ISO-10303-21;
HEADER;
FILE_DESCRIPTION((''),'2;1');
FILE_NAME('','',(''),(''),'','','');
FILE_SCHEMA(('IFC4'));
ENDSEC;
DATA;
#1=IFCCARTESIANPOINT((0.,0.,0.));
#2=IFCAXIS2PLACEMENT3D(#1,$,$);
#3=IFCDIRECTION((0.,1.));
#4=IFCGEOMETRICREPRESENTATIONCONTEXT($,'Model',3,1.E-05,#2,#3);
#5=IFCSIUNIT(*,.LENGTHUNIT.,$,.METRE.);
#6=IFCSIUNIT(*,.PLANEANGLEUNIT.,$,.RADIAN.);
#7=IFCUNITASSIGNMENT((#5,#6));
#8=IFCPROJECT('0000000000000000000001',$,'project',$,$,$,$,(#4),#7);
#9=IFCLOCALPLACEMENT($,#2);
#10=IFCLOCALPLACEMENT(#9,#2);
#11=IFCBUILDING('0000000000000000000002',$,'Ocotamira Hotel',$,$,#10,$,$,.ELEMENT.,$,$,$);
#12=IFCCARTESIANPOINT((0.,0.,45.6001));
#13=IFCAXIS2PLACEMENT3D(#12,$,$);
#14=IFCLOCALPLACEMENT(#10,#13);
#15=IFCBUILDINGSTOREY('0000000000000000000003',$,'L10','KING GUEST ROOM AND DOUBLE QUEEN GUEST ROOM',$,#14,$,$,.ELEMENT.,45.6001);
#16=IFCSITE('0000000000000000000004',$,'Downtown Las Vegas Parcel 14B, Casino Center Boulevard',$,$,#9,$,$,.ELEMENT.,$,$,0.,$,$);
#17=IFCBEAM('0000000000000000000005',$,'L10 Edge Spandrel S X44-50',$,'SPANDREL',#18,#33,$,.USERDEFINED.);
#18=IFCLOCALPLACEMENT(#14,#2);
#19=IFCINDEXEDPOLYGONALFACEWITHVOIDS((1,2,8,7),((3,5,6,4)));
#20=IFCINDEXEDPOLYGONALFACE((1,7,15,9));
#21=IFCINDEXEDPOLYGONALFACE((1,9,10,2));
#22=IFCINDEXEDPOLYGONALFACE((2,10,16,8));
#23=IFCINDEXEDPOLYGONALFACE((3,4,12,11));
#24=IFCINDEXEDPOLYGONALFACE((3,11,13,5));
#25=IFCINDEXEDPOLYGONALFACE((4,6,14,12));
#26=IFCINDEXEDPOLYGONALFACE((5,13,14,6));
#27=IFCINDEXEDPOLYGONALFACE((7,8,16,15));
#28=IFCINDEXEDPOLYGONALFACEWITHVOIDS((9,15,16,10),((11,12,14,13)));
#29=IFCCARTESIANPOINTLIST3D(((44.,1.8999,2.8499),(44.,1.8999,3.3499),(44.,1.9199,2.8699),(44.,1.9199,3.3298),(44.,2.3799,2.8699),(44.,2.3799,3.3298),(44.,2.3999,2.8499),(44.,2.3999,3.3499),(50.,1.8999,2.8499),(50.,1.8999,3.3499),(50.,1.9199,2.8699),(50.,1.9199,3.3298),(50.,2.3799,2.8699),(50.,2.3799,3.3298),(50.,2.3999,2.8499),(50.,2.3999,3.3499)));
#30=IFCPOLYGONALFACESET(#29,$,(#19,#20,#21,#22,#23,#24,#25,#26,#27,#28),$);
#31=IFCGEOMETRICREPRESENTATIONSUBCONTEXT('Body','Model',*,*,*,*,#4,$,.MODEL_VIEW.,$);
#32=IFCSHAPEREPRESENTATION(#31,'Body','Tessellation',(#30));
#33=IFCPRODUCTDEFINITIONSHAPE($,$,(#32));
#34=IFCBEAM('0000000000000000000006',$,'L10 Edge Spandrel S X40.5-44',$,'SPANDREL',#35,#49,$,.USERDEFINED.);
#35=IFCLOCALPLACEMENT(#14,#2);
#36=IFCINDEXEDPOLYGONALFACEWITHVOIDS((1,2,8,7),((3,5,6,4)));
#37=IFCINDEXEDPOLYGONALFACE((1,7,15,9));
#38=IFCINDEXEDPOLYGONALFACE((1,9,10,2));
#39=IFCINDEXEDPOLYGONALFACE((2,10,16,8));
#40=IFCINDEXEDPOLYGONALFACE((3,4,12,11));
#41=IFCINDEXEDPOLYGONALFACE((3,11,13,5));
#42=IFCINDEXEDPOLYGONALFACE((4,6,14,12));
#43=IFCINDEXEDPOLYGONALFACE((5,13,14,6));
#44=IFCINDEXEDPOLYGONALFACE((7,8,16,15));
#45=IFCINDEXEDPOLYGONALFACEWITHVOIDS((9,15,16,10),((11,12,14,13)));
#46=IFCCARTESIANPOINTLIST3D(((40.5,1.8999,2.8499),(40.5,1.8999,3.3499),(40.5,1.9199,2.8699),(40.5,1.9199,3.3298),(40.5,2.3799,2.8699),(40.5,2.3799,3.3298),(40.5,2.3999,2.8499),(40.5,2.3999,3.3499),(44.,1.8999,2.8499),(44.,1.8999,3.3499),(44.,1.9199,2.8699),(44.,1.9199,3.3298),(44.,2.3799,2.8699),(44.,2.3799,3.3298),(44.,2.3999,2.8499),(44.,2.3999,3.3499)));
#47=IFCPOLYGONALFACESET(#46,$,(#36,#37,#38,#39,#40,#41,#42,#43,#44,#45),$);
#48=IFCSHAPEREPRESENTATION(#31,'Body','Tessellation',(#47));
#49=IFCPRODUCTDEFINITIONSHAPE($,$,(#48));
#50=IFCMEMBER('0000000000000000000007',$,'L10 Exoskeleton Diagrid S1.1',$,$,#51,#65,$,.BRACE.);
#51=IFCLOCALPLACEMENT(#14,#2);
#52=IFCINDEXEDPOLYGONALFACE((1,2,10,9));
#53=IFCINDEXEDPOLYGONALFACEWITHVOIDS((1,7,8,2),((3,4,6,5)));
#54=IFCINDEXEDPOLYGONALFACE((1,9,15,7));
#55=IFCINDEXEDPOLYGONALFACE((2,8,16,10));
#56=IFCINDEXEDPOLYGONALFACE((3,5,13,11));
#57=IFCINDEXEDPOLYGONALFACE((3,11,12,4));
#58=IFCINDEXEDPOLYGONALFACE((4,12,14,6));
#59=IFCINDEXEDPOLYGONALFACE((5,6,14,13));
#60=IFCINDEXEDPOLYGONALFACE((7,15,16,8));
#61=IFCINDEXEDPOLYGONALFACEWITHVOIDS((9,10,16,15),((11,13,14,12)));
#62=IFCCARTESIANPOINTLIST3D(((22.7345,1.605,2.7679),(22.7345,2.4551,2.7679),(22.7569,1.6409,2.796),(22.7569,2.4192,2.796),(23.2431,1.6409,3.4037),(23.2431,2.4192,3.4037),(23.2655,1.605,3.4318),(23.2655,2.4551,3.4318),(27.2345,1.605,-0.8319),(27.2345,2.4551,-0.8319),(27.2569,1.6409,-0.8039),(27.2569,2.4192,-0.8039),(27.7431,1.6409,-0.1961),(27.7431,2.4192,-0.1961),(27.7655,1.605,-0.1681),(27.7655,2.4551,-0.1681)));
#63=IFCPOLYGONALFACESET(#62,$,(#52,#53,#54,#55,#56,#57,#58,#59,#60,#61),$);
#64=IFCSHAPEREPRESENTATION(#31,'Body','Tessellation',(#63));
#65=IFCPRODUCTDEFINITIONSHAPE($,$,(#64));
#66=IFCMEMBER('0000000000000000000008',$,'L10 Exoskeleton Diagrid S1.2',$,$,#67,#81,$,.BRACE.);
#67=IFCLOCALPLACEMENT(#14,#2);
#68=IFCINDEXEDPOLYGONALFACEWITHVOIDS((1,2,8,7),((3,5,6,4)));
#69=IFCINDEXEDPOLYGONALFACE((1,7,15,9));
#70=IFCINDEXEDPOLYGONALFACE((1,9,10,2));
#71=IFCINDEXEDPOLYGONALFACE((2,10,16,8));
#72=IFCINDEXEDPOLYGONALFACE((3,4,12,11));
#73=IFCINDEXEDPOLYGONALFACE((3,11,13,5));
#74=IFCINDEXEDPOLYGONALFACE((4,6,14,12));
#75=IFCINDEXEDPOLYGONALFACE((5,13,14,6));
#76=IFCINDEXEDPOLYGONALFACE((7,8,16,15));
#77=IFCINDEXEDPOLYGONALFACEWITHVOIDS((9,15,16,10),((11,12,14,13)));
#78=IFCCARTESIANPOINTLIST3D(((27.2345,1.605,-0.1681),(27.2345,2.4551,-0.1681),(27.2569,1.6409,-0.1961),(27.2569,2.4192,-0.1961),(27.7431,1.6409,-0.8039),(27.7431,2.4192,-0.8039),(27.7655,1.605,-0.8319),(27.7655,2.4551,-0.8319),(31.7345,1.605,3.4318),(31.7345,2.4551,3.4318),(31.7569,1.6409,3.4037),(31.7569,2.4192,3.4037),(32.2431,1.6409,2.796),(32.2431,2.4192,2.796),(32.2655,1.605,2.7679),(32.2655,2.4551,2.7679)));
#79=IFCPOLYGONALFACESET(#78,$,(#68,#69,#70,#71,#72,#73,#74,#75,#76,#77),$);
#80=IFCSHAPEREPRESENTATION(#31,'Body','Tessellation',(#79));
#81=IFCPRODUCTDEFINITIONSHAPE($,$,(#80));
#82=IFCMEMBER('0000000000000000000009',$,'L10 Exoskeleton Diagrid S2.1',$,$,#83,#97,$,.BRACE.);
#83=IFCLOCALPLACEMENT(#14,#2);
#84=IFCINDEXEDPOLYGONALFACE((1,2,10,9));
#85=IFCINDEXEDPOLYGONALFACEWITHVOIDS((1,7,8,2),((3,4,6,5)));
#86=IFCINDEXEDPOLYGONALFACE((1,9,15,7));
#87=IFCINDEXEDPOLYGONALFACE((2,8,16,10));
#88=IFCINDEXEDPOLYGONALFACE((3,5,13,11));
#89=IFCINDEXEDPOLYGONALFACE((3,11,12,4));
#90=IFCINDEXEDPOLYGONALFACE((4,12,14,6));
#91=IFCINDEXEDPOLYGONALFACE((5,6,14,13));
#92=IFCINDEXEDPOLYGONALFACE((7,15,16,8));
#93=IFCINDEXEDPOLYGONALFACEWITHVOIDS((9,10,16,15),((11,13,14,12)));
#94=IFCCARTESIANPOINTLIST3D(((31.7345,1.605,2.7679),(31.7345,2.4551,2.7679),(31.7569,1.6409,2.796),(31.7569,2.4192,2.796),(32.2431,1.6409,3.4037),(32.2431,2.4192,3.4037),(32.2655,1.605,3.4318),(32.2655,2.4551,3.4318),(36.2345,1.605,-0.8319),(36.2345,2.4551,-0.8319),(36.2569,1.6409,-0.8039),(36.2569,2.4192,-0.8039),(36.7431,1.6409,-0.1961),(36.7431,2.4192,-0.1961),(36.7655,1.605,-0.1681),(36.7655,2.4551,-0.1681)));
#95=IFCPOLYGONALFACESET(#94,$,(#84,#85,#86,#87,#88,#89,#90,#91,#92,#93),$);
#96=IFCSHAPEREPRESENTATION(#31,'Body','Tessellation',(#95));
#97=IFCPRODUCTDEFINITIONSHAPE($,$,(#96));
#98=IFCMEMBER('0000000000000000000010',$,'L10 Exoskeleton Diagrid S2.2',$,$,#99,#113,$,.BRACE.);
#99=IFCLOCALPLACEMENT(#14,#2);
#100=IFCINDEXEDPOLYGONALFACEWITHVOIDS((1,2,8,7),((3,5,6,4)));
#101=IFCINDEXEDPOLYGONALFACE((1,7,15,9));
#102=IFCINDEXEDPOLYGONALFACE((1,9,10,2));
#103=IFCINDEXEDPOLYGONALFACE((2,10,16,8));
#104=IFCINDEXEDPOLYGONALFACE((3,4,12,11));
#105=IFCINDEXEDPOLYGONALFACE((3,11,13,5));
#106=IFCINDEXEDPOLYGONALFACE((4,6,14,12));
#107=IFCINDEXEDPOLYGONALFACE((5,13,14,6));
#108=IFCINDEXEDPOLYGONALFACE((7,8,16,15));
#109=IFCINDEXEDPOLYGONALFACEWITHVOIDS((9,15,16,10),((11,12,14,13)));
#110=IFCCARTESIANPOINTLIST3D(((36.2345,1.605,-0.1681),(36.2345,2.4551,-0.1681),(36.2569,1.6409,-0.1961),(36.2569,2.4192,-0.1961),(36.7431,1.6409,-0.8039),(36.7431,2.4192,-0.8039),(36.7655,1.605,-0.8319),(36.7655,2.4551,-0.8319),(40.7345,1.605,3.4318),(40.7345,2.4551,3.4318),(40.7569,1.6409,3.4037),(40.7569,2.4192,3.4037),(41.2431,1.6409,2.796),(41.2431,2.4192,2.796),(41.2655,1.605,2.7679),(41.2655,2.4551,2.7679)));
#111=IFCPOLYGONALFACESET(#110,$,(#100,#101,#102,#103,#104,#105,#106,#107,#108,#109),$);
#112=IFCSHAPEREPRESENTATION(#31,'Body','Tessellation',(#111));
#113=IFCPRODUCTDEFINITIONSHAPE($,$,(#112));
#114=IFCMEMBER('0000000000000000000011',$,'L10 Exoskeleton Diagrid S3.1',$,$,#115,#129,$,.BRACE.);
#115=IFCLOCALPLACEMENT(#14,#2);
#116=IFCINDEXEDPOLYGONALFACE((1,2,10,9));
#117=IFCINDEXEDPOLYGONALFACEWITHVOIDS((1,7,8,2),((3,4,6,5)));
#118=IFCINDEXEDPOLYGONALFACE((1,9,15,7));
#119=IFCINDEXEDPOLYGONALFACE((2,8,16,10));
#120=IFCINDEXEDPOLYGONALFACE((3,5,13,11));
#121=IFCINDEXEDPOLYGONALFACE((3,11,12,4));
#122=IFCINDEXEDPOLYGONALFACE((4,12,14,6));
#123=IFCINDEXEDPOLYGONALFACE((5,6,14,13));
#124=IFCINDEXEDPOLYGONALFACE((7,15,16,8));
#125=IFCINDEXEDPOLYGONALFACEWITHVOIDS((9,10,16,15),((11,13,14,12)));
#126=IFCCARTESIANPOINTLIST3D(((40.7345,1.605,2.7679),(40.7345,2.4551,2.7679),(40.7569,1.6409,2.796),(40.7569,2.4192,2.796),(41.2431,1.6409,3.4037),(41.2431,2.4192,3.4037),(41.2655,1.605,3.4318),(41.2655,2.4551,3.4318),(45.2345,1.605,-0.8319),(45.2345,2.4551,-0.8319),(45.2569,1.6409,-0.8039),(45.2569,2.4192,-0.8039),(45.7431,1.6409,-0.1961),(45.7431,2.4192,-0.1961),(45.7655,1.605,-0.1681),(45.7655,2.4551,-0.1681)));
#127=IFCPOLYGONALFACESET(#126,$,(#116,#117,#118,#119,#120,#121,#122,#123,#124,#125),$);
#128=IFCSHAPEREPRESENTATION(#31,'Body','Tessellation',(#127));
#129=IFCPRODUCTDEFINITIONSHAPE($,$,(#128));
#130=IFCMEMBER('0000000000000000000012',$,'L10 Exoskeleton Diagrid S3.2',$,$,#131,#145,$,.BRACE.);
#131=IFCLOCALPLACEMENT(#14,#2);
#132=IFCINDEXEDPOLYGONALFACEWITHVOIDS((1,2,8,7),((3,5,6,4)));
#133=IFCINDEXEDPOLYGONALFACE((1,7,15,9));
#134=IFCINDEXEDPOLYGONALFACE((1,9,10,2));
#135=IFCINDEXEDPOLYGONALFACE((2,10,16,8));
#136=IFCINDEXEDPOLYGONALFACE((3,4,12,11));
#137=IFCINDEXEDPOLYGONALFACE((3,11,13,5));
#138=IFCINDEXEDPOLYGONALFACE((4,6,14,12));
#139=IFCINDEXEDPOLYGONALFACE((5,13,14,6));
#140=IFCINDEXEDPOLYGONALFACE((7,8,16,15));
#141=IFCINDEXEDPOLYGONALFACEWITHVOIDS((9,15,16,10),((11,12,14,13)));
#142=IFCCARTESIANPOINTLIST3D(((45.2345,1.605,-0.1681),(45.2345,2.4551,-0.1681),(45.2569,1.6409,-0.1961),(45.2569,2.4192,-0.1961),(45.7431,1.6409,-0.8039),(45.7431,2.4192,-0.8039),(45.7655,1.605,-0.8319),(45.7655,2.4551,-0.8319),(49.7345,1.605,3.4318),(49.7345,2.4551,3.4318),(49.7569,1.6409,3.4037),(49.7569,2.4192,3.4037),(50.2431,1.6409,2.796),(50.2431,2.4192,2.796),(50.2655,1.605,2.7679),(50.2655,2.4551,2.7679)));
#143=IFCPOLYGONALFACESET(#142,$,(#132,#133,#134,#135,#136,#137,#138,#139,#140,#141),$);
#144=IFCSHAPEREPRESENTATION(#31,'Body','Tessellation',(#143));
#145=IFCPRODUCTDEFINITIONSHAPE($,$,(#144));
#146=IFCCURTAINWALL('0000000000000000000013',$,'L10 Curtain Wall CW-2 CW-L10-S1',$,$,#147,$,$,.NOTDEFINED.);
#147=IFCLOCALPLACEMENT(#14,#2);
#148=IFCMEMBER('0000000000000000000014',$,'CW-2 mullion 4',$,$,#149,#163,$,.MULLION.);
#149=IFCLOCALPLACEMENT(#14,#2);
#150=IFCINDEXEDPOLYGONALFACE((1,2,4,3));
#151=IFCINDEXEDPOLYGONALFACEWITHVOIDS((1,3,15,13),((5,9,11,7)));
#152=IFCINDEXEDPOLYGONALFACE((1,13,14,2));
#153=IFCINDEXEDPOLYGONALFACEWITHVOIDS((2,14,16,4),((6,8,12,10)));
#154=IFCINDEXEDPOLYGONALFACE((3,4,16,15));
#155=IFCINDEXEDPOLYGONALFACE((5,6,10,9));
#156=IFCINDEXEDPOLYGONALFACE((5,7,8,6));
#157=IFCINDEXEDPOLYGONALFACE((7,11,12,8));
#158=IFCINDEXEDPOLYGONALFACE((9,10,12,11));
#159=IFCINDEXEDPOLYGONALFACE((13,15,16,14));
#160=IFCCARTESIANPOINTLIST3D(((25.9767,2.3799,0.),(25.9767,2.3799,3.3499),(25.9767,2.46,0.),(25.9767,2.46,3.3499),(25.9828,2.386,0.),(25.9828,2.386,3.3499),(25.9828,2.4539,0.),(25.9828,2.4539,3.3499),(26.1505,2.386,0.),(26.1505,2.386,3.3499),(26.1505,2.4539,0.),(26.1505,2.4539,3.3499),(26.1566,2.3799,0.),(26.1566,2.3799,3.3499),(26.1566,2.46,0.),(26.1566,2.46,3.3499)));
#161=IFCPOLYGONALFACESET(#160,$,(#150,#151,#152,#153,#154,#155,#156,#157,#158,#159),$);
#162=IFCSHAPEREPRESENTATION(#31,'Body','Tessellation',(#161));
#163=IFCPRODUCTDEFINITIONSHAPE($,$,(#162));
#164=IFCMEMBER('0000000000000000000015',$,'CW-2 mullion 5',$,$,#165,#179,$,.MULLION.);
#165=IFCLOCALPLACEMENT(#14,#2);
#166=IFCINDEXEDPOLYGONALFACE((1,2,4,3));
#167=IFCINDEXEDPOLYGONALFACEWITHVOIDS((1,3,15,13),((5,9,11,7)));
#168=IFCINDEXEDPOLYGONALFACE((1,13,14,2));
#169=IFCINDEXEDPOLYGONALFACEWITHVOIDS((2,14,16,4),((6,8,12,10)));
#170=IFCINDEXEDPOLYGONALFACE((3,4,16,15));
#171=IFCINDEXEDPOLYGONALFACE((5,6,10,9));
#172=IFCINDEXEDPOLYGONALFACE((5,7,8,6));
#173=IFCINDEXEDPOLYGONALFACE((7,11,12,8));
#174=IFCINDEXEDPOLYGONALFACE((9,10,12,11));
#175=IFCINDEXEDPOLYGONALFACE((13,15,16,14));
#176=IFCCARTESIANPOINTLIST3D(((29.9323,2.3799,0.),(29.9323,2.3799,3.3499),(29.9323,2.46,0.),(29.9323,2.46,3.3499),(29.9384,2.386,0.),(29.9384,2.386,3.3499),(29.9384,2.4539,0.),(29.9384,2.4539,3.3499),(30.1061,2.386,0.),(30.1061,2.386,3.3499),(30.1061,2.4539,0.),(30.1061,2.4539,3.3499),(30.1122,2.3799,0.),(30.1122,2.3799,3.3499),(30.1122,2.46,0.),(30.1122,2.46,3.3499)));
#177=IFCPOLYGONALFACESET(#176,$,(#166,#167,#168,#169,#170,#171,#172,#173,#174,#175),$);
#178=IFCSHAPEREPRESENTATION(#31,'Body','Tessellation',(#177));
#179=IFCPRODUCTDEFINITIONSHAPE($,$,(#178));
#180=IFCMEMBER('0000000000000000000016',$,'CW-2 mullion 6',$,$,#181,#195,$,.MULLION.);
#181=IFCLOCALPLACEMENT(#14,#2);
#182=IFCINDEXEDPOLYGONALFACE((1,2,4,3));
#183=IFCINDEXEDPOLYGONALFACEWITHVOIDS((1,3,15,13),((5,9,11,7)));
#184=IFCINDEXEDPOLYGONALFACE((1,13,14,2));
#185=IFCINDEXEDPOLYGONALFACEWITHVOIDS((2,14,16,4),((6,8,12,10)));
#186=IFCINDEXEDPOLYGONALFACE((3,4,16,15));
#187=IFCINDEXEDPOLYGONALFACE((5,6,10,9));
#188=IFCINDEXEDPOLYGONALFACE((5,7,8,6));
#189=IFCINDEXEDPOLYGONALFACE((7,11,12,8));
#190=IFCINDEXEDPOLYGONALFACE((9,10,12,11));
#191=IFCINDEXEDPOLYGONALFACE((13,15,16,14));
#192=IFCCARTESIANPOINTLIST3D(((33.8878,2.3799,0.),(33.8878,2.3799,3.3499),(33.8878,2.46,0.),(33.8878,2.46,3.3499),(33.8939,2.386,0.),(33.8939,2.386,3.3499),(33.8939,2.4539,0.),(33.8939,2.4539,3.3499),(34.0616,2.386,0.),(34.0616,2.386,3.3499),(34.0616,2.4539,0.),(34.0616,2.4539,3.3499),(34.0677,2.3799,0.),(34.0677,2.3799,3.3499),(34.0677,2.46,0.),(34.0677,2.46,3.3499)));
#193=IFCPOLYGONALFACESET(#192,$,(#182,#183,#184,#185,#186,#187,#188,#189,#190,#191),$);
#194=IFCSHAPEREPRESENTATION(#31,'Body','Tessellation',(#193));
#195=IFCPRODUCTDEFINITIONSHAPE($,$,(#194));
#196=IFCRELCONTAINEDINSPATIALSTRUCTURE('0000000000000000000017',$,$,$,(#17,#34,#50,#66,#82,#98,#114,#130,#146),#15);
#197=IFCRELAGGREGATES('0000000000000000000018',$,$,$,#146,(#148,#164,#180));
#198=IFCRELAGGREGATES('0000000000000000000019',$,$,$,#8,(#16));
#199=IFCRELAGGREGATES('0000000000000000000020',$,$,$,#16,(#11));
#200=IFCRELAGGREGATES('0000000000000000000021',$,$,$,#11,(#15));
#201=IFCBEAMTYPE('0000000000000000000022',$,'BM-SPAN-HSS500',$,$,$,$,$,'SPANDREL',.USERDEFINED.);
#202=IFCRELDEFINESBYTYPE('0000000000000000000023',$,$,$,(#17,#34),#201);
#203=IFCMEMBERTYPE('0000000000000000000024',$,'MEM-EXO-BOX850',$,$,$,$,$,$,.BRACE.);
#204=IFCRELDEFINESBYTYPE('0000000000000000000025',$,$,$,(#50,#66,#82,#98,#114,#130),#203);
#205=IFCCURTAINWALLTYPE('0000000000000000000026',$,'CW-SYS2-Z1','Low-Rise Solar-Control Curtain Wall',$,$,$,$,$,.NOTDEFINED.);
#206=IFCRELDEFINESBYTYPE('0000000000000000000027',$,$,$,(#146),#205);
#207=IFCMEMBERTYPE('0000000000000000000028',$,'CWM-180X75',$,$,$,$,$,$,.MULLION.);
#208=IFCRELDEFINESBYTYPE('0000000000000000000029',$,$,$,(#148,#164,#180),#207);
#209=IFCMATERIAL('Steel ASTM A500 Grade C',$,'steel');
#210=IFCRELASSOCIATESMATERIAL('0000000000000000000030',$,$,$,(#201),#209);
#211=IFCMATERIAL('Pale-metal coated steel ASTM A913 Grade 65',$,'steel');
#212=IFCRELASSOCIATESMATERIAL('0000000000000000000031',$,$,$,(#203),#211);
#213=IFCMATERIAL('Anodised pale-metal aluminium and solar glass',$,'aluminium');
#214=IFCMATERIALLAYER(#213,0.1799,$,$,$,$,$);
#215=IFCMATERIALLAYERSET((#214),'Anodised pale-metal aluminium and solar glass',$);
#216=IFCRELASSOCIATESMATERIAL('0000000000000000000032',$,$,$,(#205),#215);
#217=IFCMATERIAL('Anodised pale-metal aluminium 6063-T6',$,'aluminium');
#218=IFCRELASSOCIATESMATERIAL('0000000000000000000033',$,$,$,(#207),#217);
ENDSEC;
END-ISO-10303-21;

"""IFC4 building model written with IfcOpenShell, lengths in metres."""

from ifc_helpers import new_model, si_unit, direction, frame, origin, origin_2d, place, context, subcontext, project, spatial, hollow_rectangle, extrude, source, transform, mapped, material, layer, layer_set, material_profile, profile_set, type_object, element, aggregate, save


model = new_model("IFC4")

# Units and contexts
model_context = context("Model", 3, precision=1e-05, world=origin(), true_north=direction((0.0, 1.0)))
body_context = subcontext(model_context, "Body", "Model", "MODEL_VIEW")
ifc_project = project(units=[si_unit("LENGTHUNIT", "METRE"), si_unit("PLANEANGLEUNIT", "RADIAN")], contexts=[model_context])

# Site, building, storey
site_placement = place(None, origin())
site = spatial("IfcSite", under=ifc_project, at=site_placement, Name="Downtown Las Vegas Parcel 14B, Casino Center Boulevard", CompositionType="ELEMENT", RefElevation=0.0)
building_placement = place(site_placement, origin())
building = spatial("IfcBuilding", under=site, at=building_placement, Name="Ocotamira Hotel", CompositionType="ELEMENT")
storey_placement = place(building_placement, frame((0.0, 0.0, 45.6001)))
storey = spatial("IfcBuildingStorey", under=building, at=storey_placement, Name="L10", Description="KING GUEST ROOM AND DOUBLE QUEEN GUEST ROOM", CompositionType="ELEMENT", Elevation=45.6001)

# Beams
ifc_material_1 = material(Name="Steel ASTM A500 Grade C", Category="steel")
ifc_material_profile_1 = material_profile(ifc_material_1, hollow_rectangle(XDim=0.5, YDim=0.5, WallThickness=0.02, at=origin_2d()), Name="HSS500X500X20")
ifc_profile_set_1 = profile_set([ifc_material_profile_1], Name="Steel ASTM A500 Grade C")
beam_type = type_object("IfcBeamType", Name="BM-SPAN-HSS500", ElementType="SPANDREL", PredefinedType="USERDEFINED", material=ifc_profile_set_1)
shared_shape_1 = source(origin(), body_context, "Body", "SweptSolid", [
    extrude(hollow_rectangle(XDim=0.5, YDim=0.5, WallThickness=0.02, at=origin_2d()), origin(), (0.0, 0.0, 1.0), 6.0),
])
beam_1_placement = place(storey_placement, frame((44.0, 2.1499, 3.0999), z_axis=(1.0, 0.0, 0.0), x_axis=(0.0, 1.0, 0.0)))
element("IfcBeam", 1, at=beam_1_placement, inside=storey, type_object=beam_type, Name="L10 Edge Spandrel S X44-50", ObjectType="SPANDREL", PredefinedType="USERDEFINED", context=body_context, shape_type="MappedRepresentation", body=[
    mapped(shared_shape_1, transform((0.0, 0.0, 0.0), scale=1.0)),
])
shared_shape_2 = source(origin(), body_context, "Body", "SweptSolid", [
    extrude(hollow_rectangle(XDim=0.5, YDim=0.5, WallThickness=0.02, at=origin_2d()), origin(), (0.0, 0.0, 1.0), 3.5),
])
beam_2_placement = place(storey_placement, frame((40.5, 2.1499, 3.0999), z_axis=(1.0, 0.0, 0.0), x_axis=(0.0, 1.0, 0.0)))
element("IfcBeam", 2, at=beam_2_placement, inside=storey, type_object=beam_type, Name="L10 Edge Spandrel S X40.5-44", ObjectType="SPANDREL", PredefinedType="USERDEFINED", context=body_context, shape_type="MappedRepresentation", body=[
    mapped(shared_shape_2, transform((0.0, 0.0, 0.0), scale=1.0)),
])

# Members
ifc_material_2 = material(Name="Pale-metal coated steel ASTM A913 Grade 65", Category="steel")
ifc_material_profile_2 = material_profile(ifc_material_2, hollow_rectangle(XDim=0.8501, YDim=0.8501, WallThickness=0.0359, at=origin_2d()), Name="BOX850X850X36")
ifc_profile_set_2 = profile_set([ifc_material_profile_2], Name="Pale-metal coated steel ASTM A913 Grade 65")
member_type_1 = type_object("IfcMemberType", Name="MEM-EXO-BOX850", PredefinedType="BRACE", material=ifc_profile_set_2)
shared_shape_3 = source(origin(), body_context, "Body", "SweptSolid", [
    extrude(hollow_rectangle(XDim=0.8501, YDim=0.8501, WallThickness=0.0359, at=origin_2d()), origin(), (0.0, 0.0, 1.0), 5.7627),
])
for number, where, z_axis, x_axis, name in (
    (3, (27.5, 2.03, -0.5), (-0.780881, 0.0, 0.62468), (0.0, -1.0, 0.0), "L10 Exoskeleton Diagrid S1.1"),
    (4, (27.5, 2.03, -0.5), (0.780881, 0.0, 0.62468), (0.0, 1.0, 0.0), "L10 Exoskeleton Diagrid S1.2"),
    (5, (36.5, 2.03, -0.5), (-0.780881, 0.0, 0.62468), (0.0, -1.0, 0.0), "L10 Exoskeleton Diagrid S2.1"),
    (6, (36.5, 2.03, -0.5), (0.780881, 0.0, 0.62468), (0.0, 1.0, 0.0), "L10 Exoskeleton Diagrid S2.2"),
    (7, (45.5, 2.03, -0.5), (-0.780881, 0.0, 0.62468), (0.0, -1.0, 0.0), "L10 Exoskeleton Diagrid S3.1"),
    (8, (45.5, 2.03, -0.5), (0.780881, 0.0, 0.62468), (0.0, 1.0, 0.0), "L10 Exoskeleton Diagrid S3.2"),
):
    element("IfcMember", number, at=place(storey_placement, frame(where, z_axis=z_axis, x_axis=x_axis)), inside=storey, type_object=member_type_1, Name=name, PredefinedType="BRACE", context=body_context, shape_type="MappedRepresentation", body=[
        mapped(shared_shape_3, transform((0.0, 0.0, 0.0), scale=1.0)),
    ])

# Curtain wall, members
ifc_material_3 = material(Name="Anodised pale-metal aluminium and solar glass", Category="aluminium")
ifc_layer_1 = layer(ifc_material_3, 0.1799)
ifc_layer_set_1 = layer_set([ifc_layer_1], Name="Anodised pale-metal aluminium and solar glass")
curtain_wall_type = type_object("IfcCurtainWallType", Name="CW-SYS2-Z1", Description="Low-Rise Solar-Control Curtain Wall", PredefinedType="NOTDEFINED", material=ifc_layer_set_1)
curtain_wall_placement = place(storey_placement, origin())
curtain_wall = element("IfcCurtainWall", 9, at=curtain_wall_placement, inside=storey, type_object=curtain_wall_type, Name="L10 Curtain Wall CW-2 CW-L10-S1", PredefinedType="NOTDEFINED")
ifc_material_4 = material(Name="Anodised pale-metal aluminium 6063-T6", Category="aluminium")
ifc_material_profile_3 = material_profile(ifc_material_4, hollow_rectangle(XDim=0.0801, YDim=0.1799, WallThickness=0.0061, at=origin_2d()), Name="HSS180X80X6")
ifc_profile_set_3 = profile_set([ifc_material_profile_3], Name="Anodised pale-metal aluminium 6063-T6")
member_type_2 = type_object("IfcMemberType", Name="CWM-180X75", PredefinedType="MULLION", material=ifc_profile_set_3)
shared_shape_4 = source(origin(), body_context, "Body", "SweptSolid", [
    extrude(hollow_rectangle(XDim=0.0801, YDim=0.1799, WallThickness=0.0061, at=origin_2d()), origin(), (0.0, 0.0, 1.0), 3.3499),
])
member_1_placement = place(storey_placement, frame((26.0667, 2.4199, 0.0), z_axis=(0.0, 0.0, 1.0), x_axis=(0.0, 1.0, 0.0)))
member_1 = element("IfcMember", 10, at=member_1_placement, type_object=member_type_2, Name="CW-2 mullion 4", PredefinedType="MULLION", context=body_context, shape_type="MappedRepresentation", body=[
    mapped(shared_shape_4, transform((0.0, 0.0, 0.0), scale=1.0)),
])
member_2_placement = place(storey_placement, frame((30.0222, 2.4199, 0.0), z_axis=(0.0, 0.0, 1.0), x_axis=(0.0, 1.0, 0.0)))
member_2 = element("IfcMember", 11, at=member_2_placement, type_object=member_type_2, Name="CW-2 mullion 5", PredefinedType="MULLION", context=body_context, shape_type="MappedRepresentation", body=[
    mapped(shared_shape_4, transform((0.0, 0.0, 0.0), scale=1.0)),
])
member_3_placement = place(storey_placement, frame((33.9778, 2.4199, 0.0), z_axis=(0.0, 0.0, 1.0), x_axis=(0.0, 1.0, 0.0)))
member_3 = element("IfcMember", 12, at=member_3_placement, type_object=member_type_2, Name="CW-2 mullion 6", PredefinedType="MULLION", context=body_context, shape_type="MappedRepresentation", body=[
    mapped(shared_shape_4, transform((0.0, 0.0, 0.0), scale=1.0)),
])

aggregate(curtain_wall, [member_1, member_2, member_3])

save(model, "model.ifc")
